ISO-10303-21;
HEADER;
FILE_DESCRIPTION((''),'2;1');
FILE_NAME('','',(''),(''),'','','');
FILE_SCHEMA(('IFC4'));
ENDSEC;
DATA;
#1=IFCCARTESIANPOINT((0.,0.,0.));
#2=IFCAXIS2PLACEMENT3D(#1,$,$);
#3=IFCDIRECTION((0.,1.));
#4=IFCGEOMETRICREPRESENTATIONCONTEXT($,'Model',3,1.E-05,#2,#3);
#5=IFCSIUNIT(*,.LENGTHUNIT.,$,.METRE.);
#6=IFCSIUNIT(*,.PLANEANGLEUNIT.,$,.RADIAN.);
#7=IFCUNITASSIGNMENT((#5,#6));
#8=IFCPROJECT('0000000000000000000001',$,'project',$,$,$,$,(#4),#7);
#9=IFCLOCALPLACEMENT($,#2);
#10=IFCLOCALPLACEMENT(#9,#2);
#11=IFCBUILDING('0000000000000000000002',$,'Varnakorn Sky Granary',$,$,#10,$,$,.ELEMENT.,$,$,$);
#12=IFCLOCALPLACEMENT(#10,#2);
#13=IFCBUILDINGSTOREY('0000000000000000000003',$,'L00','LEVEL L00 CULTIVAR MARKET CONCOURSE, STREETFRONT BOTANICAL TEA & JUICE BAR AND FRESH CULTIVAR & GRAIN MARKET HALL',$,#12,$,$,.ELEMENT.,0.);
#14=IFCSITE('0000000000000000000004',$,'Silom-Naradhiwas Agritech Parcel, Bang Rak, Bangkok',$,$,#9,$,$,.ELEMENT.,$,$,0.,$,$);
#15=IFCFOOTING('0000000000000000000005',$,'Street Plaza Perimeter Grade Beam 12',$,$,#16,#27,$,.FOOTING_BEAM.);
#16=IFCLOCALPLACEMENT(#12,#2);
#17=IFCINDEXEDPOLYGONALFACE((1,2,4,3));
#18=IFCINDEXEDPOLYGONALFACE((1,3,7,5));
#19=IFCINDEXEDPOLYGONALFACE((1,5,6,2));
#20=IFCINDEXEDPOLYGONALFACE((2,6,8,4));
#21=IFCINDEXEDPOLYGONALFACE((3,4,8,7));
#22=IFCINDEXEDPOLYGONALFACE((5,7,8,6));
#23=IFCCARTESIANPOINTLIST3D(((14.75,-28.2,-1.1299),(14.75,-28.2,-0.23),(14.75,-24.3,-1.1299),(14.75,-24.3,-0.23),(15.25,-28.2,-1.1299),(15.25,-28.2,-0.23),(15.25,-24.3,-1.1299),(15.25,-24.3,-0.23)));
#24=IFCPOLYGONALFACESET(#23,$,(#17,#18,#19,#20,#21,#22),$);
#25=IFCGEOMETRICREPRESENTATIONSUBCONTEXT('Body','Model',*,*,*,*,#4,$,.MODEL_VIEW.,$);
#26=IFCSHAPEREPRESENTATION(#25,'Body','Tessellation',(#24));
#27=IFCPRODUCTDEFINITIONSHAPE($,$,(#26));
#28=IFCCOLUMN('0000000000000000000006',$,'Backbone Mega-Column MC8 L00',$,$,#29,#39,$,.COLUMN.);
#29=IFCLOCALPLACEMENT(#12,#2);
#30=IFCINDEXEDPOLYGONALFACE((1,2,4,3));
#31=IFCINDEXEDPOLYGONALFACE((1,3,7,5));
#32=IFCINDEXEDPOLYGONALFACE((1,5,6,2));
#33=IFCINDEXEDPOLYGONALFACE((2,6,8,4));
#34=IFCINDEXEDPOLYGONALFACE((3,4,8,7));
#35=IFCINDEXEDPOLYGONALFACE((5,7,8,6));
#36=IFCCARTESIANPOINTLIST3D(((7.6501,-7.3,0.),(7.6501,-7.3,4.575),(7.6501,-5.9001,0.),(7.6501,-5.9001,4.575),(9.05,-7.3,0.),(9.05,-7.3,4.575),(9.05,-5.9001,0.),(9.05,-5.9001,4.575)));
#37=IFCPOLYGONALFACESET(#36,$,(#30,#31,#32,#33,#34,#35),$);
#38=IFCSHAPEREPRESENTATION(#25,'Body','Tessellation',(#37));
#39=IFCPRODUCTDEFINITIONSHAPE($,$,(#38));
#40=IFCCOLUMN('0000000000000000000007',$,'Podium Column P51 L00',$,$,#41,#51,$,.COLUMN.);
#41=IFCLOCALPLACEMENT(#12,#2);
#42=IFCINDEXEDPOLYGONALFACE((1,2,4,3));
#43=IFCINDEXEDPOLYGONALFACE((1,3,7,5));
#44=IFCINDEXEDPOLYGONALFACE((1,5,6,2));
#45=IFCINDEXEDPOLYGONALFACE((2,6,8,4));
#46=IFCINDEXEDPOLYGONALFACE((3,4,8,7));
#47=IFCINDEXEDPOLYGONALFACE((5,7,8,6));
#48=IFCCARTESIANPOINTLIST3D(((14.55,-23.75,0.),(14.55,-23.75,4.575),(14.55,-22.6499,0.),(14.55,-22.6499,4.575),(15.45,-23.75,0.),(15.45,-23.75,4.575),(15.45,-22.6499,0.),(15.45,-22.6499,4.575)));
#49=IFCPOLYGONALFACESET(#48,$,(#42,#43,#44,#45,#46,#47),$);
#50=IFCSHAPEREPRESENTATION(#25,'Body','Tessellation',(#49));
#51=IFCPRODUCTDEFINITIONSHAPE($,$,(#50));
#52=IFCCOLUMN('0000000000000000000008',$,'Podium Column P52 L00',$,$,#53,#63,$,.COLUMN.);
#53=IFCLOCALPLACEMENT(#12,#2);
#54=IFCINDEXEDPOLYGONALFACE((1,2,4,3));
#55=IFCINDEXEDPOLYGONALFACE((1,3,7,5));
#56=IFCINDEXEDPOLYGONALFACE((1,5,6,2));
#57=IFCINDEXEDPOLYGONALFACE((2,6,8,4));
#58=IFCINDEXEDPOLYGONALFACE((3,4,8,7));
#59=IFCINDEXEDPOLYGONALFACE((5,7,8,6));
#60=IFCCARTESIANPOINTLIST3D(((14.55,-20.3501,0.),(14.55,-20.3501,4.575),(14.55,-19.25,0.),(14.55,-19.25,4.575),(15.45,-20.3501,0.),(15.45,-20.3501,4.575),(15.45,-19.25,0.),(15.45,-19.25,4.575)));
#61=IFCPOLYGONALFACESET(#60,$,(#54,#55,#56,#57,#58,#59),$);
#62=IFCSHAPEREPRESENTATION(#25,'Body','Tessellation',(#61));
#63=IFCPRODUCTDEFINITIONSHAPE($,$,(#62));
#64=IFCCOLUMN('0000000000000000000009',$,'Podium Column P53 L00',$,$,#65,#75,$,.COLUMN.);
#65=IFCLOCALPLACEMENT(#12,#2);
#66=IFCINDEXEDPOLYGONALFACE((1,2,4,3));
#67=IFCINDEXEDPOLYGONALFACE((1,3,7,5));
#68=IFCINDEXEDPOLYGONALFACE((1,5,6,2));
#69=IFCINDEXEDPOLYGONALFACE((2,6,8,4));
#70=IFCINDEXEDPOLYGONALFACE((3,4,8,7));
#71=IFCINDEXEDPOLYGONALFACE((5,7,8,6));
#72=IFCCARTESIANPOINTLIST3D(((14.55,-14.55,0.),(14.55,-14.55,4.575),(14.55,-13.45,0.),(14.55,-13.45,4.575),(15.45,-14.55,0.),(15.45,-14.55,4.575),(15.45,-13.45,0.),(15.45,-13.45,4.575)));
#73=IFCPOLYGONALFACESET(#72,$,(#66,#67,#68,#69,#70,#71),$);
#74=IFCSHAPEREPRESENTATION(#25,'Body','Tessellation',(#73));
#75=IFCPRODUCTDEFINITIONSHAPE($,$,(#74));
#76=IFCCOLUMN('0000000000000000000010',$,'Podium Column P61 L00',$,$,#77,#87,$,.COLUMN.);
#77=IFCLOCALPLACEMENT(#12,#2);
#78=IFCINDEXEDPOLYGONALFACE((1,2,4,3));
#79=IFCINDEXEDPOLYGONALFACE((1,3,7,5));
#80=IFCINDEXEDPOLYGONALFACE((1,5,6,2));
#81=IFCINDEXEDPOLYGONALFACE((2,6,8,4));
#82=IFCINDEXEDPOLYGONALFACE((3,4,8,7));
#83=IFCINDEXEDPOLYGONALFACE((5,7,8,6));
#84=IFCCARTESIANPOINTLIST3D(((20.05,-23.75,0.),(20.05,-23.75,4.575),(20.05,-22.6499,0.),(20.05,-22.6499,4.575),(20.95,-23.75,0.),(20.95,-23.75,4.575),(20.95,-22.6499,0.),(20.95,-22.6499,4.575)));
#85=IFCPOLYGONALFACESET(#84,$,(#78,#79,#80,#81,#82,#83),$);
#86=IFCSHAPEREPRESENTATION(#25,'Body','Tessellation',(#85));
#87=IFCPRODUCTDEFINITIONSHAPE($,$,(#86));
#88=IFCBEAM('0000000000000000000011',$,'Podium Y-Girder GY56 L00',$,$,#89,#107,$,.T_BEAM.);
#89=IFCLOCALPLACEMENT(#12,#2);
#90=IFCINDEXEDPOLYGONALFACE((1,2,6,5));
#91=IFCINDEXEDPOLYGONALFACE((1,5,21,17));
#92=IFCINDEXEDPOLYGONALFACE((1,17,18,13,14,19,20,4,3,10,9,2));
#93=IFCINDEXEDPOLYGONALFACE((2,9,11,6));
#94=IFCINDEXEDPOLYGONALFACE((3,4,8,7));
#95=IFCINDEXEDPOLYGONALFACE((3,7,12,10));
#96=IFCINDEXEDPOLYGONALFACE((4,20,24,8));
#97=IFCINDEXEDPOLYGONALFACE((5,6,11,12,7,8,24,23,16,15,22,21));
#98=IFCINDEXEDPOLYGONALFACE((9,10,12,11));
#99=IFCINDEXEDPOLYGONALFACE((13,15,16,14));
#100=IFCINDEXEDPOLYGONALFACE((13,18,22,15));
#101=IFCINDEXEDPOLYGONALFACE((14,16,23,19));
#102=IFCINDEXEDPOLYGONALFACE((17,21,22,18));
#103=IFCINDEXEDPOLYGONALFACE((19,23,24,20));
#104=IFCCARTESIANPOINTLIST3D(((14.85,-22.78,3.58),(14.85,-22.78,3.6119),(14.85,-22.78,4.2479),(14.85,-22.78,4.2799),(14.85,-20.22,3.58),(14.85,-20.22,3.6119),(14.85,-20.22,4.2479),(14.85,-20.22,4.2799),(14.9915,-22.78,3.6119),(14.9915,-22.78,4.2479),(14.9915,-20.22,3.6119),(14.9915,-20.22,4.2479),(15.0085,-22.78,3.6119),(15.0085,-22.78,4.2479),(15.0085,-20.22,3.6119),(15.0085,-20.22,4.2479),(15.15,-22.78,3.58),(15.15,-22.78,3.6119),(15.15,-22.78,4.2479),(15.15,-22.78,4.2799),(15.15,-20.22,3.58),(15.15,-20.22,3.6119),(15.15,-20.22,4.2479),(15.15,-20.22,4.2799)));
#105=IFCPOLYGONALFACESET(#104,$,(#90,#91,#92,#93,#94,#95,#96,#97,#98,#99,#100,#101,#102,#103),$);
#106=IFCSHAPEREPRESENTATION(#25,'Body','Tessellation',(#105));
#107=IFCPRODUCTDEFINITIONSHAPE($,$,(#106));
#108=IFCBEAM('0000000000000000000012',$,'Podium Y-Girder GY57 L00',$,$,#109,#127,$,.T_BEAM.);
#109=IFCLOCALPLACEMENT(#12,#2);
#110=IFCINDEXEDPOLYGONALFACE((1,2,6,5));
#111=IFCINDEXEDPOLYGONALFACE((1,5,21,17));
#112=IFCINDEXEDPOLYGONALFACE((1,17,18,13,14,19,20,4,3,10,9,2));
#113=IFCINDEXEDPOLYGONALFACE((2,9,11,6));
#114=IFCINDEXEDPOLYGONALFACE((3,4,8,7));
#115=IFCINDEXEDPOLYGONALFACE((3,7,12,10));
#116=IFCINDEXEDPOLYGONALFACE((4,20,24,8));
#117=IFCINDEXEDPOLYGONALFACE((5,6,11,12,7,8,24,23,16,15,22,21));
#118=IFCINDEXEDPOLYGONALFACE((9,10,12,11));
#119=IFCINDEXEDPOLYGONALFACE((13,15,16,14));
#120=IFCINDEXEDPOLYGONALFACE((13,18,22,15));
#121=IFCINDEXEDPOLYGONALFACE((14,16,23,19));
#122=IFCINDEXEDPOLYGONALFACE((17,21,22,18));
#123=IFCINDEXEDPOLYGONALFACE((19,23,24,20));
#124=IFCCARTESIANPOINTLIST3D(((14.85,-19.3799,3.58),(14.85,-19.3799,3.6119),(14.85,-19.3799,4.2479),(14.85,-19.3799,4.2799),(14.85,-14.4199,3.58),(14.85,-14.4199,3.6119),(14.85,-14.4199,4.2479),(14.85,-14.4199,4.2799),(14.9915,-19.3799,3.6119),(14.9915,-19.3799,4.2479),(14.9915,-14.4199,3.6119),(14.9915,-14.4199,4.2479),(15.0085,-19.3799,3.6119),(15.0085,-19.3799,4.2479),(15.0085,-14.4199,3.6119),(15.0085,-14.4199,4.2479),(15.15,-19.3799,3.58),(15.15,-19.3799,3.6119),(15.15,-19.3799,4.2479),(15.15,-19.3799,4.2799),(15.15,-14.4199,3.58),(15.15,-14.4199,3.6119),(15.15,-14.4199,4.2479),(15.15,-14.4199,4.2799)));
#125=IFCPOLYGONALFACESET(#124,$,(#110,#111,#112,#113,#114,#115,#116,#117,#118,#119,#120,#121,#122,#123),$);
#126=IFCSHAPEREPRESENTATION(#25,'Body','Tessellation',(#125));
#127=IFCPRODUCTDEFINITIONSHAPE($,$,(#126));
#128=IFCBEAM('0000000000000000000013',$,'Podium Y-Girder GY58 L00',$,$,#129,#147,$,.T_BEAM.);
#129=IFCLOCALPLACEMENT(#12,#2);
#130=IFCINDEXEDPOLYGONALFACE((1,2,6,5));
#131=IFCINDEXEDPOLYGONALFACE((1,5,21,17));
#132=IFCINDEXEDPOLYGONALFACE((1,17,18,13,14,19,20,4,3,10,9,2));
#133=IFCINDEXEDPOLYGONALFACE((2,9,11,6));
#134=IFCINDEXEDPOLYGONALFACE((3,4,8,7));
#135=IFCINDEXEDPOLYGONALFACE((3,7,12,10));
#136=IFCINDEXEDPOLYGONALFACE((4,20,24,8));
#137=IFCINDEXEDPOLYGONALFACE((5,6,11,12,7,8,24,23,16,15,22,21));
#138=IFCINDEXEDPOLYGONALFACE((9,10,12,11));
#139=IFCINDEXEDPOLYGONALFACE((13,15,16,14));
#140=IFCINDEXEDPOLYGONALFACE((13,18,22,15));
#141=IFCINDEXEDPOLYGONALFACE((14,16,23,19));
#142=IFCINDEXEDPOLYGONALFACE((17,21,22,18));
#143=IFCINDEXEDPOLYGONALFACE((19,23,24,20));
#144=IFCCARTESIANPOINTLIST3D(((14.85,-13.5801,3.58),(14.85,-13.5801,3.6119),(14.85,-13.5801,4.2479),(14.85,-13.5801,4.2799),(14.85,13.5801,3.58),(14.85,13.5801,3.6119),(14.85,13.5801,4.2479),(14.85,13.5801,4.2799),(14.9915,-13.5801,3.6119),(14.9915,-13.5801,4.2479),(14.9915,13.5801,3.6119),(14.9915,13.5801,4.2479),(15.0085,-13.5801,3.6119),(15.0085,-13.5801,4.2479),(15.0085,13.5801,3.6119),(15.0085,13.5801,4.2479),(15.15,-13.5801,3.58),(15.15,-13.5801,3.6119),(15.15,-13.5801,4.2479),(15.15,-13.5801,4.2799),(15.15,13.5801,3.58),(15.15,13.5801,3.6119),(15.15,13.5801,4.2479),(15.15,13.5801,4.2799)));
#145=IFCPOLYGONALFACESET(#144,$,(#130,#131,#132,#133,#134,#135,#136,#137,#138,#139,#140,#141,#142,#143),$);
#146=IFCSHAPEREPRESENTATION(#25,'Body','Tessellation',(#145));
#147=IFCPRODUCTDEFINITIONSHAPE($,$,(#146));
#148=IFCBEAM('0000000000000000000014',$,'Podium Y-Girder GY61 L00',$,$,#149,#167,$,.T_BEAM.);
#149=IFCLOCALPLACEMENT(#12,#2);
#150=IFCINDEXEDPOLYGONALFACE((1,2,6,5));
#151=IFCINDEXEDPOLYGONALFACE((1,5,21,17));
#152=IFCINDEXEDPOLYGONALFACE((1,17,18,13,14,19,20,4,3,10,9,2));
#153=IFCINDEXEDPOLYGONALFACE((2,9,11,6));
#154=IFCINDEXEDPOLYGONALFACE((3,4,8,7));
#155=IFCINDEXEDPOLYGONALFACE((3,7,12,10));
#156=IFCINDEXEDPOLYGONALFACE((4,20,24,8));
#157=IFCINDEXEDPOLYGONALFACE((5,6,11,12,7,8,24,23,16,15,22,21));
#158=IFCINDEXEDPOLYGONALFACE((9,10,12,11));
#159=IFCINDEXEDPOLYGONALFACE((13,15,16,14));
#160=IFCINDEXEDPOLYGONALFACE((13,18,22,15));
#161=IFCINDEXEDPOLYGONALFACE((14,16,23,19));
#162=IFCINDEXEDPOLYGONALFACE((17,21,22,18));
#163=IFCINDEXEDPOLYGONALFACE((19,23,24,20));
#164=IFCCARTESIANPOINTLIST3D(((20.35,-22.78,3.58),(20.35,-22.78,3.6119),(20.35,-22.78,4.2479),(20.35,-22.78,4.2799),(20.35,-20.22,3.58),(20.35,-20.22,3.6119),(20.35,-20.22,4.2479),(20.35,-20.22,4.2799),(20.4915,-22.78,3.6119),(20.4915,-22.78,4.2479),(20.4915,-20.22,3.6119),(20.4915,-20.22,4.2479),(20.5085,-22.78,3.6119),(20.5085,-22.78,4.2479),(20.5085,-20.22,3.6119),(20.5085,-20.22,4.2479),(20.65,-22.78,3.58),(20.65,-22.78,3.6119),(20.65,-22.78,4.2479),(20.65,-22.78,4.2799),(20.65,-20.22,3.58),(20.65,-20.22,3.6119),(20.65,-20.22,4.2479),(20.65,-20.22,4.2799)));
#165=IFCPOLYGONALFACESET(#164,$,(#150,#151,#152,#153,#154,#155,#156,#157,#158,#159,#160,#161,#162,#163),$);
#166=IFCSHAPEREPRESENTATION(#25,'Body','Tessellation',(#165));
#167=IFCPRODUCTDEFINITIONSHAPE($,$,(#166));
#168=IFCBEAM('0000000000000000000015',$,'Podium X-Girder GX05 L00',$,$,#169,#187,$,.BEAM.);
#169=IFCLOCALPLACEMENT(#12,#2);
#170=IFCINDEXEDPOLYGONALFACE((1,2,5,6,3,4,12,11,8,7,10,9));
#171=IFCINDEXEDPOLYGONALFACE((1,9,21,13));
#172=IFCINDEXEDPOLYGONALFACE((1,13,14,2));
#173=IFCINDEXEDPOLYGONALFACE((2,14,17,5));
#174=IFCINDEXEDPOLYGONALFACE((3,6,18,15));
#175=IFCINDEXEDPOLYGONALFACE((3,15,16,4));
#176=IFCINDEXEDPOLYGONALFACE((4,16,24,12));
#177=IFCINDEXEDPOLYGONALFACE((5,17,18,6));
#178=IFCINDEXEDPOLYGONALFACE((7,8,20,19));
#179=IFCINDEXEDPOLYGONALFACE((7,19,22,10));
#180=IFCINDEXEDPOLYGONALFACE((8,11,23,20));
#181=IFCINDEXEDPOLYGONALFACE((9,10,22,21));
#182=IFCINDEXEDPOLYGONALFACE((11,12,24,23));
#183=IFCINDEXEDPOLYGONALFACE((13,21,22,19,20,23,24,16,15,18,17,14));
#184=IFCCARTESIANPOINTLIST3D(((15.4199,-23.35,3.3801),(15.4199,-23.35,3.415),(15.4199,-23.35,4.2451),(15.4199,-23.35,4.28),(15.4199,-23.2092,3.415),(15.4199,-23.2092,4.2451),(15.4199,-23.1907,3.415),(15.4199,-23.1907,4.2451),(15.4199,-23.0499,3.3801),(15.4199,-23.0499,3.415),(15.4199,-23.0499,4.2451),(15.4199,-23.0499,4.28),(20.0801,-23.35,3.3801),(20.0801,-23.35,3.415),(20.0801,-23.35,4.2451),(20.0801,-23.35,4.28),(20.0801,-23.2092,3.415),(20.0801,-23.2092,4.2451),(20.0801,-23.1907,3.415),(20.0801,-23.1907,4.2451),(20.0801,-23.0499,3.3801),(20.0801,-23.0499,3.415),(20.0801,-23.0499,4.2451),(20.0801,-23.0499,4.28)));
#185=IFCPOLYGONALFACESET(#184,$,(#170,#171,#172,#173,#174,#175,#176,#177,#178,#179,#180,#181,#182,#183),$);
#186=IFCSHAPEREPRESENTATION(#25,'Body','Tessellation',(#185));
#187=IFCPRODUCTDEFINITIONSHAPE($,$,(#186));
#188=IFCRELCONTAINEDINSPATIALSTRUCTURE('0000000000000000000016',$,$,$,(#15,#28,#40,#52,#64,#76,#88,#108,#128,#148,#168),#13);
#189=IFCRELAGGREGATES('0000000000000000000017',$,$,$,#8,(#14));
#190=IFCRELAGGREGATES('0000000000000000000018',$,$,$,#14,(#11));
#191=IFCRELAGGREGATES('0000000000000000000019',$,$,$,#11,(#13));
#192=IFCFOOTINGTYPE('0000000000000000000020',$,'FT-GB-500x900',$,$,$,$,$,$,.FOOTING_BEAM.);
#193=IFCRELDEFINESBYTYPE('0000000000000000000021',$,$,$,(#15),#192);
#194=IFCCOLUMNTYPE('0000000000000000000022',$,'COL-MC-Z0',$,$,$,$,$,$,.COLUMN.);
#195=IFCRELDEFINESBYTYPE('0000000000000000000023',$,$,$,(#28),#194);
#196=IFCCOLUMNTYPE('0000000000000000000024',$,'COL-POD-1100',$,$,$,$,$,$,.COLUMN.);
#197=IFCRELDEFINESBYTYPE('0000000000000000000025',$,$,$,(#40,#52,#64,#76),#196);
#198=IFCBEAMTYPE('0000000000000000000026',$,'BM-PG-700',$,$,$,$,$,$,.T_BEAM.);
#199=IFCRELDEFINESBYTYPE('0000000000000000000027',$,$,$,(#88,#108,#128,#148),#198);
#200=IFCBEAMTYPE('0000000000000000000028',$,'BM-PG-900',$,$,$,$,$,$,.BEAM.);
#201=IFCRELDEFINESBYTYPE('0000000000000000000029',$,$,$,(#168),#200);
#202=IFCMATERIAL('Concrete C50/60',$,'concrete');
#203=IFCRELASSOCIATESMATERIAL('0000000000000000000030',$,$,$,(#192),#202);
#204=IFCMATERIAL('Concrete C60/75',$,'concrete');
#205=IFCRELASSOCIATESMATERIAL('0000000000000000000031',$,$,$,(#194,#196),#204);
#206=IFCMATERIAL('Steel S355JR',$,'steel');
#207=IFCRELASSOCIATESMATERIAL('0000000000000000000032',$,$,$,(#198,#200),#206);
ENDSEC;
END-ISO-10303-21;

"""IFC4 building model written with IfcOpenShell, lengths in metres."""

from ifc_helpers import new_model, si_unit, direction, frame, origin, origin_2d, place, context, subcontext, project, spatial, rectangle, i_section, extrude, material, material_profile, profile_set, type_object, element, save


model = new_model("IFC4")

# Units and contexts
model_context = context("Model", 3, precision=1e-05, world=origin(), true_north=direction((0.0, 1.0)))
body_context = subcontext(model_context, "Body", "Model", "MODEL_VIEW")
ifc_project = project(units=[si_unit("LENGTHUNIT", "METRE"), si_unit("PLANEANGLEUNIT", "RADIAN")], contexts=[model_context])

# Site, building, storey
site_placement = place(None, origin())
site = spatial("IfcSite", under=ifc_project, at=site_placement, Name="Silom-Naradhiwas Agritech Parcel, Bang Rak, Bangkok", CompositionType="ELEMENT", RefElevation=0.0)
building_placement = place(site_placement, origin())
building = spatial("IfcBuilding", under=site, at=building_placement, Name="Varnakorn Sky Granary", CompositionType="ELEMENT")
storey_placement = place(building_placement, origin())
storey = spatial("IfcBuildingStorey", under=building, at=storey_placement, Name="L00", Description="LEVEL L00 CULTIVAR MARKET CONCOURSE, STREETFRONT BOTANICAL TEA & JUICE BAR AND FRESH CULTIVAR & GRAIN MARKET HALL", CompositionType="ELEMENT", Elevation=0.0)

# Footing
ifc_material_1 = material(Name="Concrete C50/60", Category="concrete")
ifc_material_profile_1 = material_profile(ifc_material_1, rectangle(XDim=0.5, YDim=0.8999, at=origin_2d()), Name="RC 500x900")
ifc_profile_set_1 = profile_set([ifc_material_profile_1], Name="Concrete C50/60")
footing_type = type_object("IfcFootingType", Name="FT-GB-500x900", PredefinedType="FOOTING_BEAM", material=ifc_profile_set_1)
footing_placement = place(storey_placement, frame((15.0, -28.2, -0.6799), z_axis=(0.0, 1.0, 0.0), x_axis=(-1.0, 0.0, 0.0)))
element("IfcFooting", 1, at=footing_placement, inside=storey, type_object=footing_type, Name="Street Plaza Perimeter Grade Beam 12", PredefinedType="FOOTING_BEAM", context=body_context, shape_type="SweptSolid", body=[
    extrude(rectangle(XDim=0.5, YDim=0.8999, at=origin_2d()), origin(), (0.0, 0.0, 1.0), 3.8999),
])

# Columns
ifc_material_2 = material(Name="Concrete C60/75", Category="concrete")
ifc_material_profile_2 = material_profile(ifc_material_2, rectangle(XDim=1.3999, YDim=1.3999, at=origin_2d()), Name="RC 1400x1400")
ifc_profile_set_2 = profile_set([ifc_material_profile_2], Name="Concrete C60/75")
column_type_1 = type_object("IfcColumnType", Name="COL-MC-Z0", PredefinedType="COLUMN", material=ifc_profile_set_2)
column_placement = place(storey_placement, frame((8.3501, -6.6001, 0.0), z_axis=(0.0, 0.0, 1.0), x_axis=(1.0, 0.0, 0.0)))
element("IfcColumn", 2, at=column_placement, inside=storey, type_object=column_type_1, Name="Backbone Mega-Column MC8 L00", PredefinedType="COLUMN", context=body_context, shape_type="SweptSolid", body=[
    extrude(rectangle(XDim=1.3999, YDim=1.3999, at=origin_2d()), origin(), (0.0, 0.0, 1.0), 4.575),
])
ifc_material_profile_3 = material_profile(ifc_material_2, rectangle(XDim=0.8999, YDim=1.1001, at=origin_2d()), Name="RC 900x1100")
ifc_profile_set_3 = profile_set([ifc_material_profile_3], Name="Concrete C60/75")
column_type_2 = type_object("IfcColumnType", Name="COL-POD-1100", PredefinedType="COLUMN", material=ifc_profile_set_3)
for number, where, z_axis, x_axis, name in (
    (3, (15.0, -23.2, 0.0), (0.0, 0.0, 1.0), (1.0, 0.0, 0.0), "Podium Column P51 L00"),
    (4, (15.0, -19.8, 0.0), (0.0, 0.0, 1.0), (1.0, 0.0, 0.0), "Podium Column P52 L00"),
    (5, (15.0, -14.0, 0.0), (0.0, 0.0, 1.0), (1.0, 0.0, 0.0), "Podium Column P53 L00"),
    (6, (20.5, -23.2, 0.0), (0.0, 0.0, 1.0), (1.0, 0.0, 0.0), "Podium Column P61 L00"),
):
    element("IfcColumn", number, at=place(storey_placement, frame(where, z_axis=z_axis, x_axis=x_axis)), inside=storey, type_object=column_type_2, Name=name, PredefinedType="COLUMN", context=body_context, shape_type="SweptSolid", body=[
        extrude(rectangle(XDim=0.8999, YDim=1.1001, at=origin_2d()), origin(), (0.0, 0.0, 1.0), 4.575),
    ])

# Beams
ifc_material_3 = material(Name="Steel S355JR", Category="steel")
ifc_material_profile_4 = material_profile(ifc_material_3, i_section(OverallWidth=0.3, OverallDepth=0.7, WebThickness=0.0171, FlangeThickness=0.032, at=origin_2d()), Name="HE 700 B")
ifc_profile_set_4 = profile_set([ifc_material_profile_4], Name="Steel S355JR")
beam_type_1 = type_object("IfcBeamType", Name="BM-PG-700", PredefinedType="T_BEAM", material=ifc_profile_set_4)
beam_1_placement = place(storey_placement, frame((15.0, -22.78, 3.9299), z_axis=(0.0, 1.0, 0.0), x_axis=(-1.0, 0.0, 0.0)))
element("IfcBeam", 7, at=beam_1_placement, inside=storey, type_object=beam_type_1, Name="Podium Y-Girder GY56 L00", PredefinedType="T_BEAM", context=body_context, shape_type="SweptSolid", body=[
    extrude(i_section(OverallWidth=0.3, OverallDepth=0.7, WebThickness=0.0171, FlangeThickness=0.032, at=origin_2d()), origin(), (0.0, 0.0, 1.0), 2.5601),
])
beam_2_placement = place(storey_placement, frame((15.0, -19.3799, 3.9299), z_axis=(0.0, 1.0, 0.0), x_axis=(-1.0, 0.0, 0.0)))
element("IfcBeam", 8, at=beam_2_placement, inside=storey, type_object=beam_type_1, Name="Podium Y-Girder GY57 L00", PredefinedType="T_BEAM", context=body_context, shape_type="SweptSolid", body=[
    extrude(i_section(OverallWidth=0.3, OverallDepth=0.7, WebThickness=0.0171, FlangeThickness=0.032, at=origin_2d()), origin(), (0.0, 0.0, 1.0), 4.96),
])
beam_3_placement = place(storey_placement, frame((15.0, -13.5801, 3.9299), z_axis=(0.0, 1.0, 0.0), x_axis=(-1.0, 0.0, 0.0)))
element("IfcBeam", 9, at=beam_3_placement, inside=storey, type_object=beam_type_1, Name="Podium Y-Girder GY58 L00", PredefinedType="T_BEAM", context=body_context, shape_type="SweptSolid", body=[
    extrude(i_section(OverallWidth=0.3, OverallDepth=0.7, WebThickness=0.0171, FlangeThickness=0.032, at=origin_2d()), origin(), (0.0, 0.0, 1.0), 27.1602),
])
beam_4_placement = place(storey_placement, frame((20.5, -22.78, 3.9299), z_axis=(0.0, 1.0, 0.0), x_axis=(-1.0, 0.0, 0.0)))
element("IfcBeam", 10, at=beam_4_placement, inside=storey, type_object=beam_type_1, Name="Podium Y-Girder GY61 L00", PredefinedType="T_BEAM", context=body_context, shape_type="SweptSolid", body=[
    extrude(i_section(OverallWidth=0.3, OverallDepth=0.7, WebThickness=0.0171, FlangeThickness=0.032, at=origin_2d()), origin(), (0.0, 0.0, 1.0), 2.5601),
])
ifc_material_profile_5 = material_profile(ifc_material_3, i_section(OverallWidth=0.3, OverallDepth=0.8999, WebThickness=0.0186, FlangeThickness=0.0349, at=origin_2d()), Name="HE 900 B")
ifc_profile_set_5 = profile_set([ifc_material_profile_5], Name="Steel S355JR")
beam_type_2 = type_object("IfcBeamType", Name="BM-PG-900", PredefinedType="BEAM", material=ifc_profile_set_5)
for number, where, z_axis, x_axis, name in (
    (11, (15.4199, -23.2, 3.8301), (1.0, 0.0, 0.0), (0.0, 1.0, 0.0), "Podium X-Girder GX05 L00"),
):
    element("IfcBeam", number, at=place(storey_placement, frame(where, z_axis=z_axis, x_axis=x_axis)), inside=storey, type_object=beam_type_2, Name=name, PredefinedType="BEAM", context=body_context, shape_type="SweptSolid", body=[
        extrude(i_section(OverallWidth=0.3, OverallDepth=0.8999, WebThickness=0.0186, FlangeThickness=0.0349, at=origin_2d()), origin(), (0.0, 0.0, 1.0), 4.6602),
    ])

save(model, "model.ifc")
